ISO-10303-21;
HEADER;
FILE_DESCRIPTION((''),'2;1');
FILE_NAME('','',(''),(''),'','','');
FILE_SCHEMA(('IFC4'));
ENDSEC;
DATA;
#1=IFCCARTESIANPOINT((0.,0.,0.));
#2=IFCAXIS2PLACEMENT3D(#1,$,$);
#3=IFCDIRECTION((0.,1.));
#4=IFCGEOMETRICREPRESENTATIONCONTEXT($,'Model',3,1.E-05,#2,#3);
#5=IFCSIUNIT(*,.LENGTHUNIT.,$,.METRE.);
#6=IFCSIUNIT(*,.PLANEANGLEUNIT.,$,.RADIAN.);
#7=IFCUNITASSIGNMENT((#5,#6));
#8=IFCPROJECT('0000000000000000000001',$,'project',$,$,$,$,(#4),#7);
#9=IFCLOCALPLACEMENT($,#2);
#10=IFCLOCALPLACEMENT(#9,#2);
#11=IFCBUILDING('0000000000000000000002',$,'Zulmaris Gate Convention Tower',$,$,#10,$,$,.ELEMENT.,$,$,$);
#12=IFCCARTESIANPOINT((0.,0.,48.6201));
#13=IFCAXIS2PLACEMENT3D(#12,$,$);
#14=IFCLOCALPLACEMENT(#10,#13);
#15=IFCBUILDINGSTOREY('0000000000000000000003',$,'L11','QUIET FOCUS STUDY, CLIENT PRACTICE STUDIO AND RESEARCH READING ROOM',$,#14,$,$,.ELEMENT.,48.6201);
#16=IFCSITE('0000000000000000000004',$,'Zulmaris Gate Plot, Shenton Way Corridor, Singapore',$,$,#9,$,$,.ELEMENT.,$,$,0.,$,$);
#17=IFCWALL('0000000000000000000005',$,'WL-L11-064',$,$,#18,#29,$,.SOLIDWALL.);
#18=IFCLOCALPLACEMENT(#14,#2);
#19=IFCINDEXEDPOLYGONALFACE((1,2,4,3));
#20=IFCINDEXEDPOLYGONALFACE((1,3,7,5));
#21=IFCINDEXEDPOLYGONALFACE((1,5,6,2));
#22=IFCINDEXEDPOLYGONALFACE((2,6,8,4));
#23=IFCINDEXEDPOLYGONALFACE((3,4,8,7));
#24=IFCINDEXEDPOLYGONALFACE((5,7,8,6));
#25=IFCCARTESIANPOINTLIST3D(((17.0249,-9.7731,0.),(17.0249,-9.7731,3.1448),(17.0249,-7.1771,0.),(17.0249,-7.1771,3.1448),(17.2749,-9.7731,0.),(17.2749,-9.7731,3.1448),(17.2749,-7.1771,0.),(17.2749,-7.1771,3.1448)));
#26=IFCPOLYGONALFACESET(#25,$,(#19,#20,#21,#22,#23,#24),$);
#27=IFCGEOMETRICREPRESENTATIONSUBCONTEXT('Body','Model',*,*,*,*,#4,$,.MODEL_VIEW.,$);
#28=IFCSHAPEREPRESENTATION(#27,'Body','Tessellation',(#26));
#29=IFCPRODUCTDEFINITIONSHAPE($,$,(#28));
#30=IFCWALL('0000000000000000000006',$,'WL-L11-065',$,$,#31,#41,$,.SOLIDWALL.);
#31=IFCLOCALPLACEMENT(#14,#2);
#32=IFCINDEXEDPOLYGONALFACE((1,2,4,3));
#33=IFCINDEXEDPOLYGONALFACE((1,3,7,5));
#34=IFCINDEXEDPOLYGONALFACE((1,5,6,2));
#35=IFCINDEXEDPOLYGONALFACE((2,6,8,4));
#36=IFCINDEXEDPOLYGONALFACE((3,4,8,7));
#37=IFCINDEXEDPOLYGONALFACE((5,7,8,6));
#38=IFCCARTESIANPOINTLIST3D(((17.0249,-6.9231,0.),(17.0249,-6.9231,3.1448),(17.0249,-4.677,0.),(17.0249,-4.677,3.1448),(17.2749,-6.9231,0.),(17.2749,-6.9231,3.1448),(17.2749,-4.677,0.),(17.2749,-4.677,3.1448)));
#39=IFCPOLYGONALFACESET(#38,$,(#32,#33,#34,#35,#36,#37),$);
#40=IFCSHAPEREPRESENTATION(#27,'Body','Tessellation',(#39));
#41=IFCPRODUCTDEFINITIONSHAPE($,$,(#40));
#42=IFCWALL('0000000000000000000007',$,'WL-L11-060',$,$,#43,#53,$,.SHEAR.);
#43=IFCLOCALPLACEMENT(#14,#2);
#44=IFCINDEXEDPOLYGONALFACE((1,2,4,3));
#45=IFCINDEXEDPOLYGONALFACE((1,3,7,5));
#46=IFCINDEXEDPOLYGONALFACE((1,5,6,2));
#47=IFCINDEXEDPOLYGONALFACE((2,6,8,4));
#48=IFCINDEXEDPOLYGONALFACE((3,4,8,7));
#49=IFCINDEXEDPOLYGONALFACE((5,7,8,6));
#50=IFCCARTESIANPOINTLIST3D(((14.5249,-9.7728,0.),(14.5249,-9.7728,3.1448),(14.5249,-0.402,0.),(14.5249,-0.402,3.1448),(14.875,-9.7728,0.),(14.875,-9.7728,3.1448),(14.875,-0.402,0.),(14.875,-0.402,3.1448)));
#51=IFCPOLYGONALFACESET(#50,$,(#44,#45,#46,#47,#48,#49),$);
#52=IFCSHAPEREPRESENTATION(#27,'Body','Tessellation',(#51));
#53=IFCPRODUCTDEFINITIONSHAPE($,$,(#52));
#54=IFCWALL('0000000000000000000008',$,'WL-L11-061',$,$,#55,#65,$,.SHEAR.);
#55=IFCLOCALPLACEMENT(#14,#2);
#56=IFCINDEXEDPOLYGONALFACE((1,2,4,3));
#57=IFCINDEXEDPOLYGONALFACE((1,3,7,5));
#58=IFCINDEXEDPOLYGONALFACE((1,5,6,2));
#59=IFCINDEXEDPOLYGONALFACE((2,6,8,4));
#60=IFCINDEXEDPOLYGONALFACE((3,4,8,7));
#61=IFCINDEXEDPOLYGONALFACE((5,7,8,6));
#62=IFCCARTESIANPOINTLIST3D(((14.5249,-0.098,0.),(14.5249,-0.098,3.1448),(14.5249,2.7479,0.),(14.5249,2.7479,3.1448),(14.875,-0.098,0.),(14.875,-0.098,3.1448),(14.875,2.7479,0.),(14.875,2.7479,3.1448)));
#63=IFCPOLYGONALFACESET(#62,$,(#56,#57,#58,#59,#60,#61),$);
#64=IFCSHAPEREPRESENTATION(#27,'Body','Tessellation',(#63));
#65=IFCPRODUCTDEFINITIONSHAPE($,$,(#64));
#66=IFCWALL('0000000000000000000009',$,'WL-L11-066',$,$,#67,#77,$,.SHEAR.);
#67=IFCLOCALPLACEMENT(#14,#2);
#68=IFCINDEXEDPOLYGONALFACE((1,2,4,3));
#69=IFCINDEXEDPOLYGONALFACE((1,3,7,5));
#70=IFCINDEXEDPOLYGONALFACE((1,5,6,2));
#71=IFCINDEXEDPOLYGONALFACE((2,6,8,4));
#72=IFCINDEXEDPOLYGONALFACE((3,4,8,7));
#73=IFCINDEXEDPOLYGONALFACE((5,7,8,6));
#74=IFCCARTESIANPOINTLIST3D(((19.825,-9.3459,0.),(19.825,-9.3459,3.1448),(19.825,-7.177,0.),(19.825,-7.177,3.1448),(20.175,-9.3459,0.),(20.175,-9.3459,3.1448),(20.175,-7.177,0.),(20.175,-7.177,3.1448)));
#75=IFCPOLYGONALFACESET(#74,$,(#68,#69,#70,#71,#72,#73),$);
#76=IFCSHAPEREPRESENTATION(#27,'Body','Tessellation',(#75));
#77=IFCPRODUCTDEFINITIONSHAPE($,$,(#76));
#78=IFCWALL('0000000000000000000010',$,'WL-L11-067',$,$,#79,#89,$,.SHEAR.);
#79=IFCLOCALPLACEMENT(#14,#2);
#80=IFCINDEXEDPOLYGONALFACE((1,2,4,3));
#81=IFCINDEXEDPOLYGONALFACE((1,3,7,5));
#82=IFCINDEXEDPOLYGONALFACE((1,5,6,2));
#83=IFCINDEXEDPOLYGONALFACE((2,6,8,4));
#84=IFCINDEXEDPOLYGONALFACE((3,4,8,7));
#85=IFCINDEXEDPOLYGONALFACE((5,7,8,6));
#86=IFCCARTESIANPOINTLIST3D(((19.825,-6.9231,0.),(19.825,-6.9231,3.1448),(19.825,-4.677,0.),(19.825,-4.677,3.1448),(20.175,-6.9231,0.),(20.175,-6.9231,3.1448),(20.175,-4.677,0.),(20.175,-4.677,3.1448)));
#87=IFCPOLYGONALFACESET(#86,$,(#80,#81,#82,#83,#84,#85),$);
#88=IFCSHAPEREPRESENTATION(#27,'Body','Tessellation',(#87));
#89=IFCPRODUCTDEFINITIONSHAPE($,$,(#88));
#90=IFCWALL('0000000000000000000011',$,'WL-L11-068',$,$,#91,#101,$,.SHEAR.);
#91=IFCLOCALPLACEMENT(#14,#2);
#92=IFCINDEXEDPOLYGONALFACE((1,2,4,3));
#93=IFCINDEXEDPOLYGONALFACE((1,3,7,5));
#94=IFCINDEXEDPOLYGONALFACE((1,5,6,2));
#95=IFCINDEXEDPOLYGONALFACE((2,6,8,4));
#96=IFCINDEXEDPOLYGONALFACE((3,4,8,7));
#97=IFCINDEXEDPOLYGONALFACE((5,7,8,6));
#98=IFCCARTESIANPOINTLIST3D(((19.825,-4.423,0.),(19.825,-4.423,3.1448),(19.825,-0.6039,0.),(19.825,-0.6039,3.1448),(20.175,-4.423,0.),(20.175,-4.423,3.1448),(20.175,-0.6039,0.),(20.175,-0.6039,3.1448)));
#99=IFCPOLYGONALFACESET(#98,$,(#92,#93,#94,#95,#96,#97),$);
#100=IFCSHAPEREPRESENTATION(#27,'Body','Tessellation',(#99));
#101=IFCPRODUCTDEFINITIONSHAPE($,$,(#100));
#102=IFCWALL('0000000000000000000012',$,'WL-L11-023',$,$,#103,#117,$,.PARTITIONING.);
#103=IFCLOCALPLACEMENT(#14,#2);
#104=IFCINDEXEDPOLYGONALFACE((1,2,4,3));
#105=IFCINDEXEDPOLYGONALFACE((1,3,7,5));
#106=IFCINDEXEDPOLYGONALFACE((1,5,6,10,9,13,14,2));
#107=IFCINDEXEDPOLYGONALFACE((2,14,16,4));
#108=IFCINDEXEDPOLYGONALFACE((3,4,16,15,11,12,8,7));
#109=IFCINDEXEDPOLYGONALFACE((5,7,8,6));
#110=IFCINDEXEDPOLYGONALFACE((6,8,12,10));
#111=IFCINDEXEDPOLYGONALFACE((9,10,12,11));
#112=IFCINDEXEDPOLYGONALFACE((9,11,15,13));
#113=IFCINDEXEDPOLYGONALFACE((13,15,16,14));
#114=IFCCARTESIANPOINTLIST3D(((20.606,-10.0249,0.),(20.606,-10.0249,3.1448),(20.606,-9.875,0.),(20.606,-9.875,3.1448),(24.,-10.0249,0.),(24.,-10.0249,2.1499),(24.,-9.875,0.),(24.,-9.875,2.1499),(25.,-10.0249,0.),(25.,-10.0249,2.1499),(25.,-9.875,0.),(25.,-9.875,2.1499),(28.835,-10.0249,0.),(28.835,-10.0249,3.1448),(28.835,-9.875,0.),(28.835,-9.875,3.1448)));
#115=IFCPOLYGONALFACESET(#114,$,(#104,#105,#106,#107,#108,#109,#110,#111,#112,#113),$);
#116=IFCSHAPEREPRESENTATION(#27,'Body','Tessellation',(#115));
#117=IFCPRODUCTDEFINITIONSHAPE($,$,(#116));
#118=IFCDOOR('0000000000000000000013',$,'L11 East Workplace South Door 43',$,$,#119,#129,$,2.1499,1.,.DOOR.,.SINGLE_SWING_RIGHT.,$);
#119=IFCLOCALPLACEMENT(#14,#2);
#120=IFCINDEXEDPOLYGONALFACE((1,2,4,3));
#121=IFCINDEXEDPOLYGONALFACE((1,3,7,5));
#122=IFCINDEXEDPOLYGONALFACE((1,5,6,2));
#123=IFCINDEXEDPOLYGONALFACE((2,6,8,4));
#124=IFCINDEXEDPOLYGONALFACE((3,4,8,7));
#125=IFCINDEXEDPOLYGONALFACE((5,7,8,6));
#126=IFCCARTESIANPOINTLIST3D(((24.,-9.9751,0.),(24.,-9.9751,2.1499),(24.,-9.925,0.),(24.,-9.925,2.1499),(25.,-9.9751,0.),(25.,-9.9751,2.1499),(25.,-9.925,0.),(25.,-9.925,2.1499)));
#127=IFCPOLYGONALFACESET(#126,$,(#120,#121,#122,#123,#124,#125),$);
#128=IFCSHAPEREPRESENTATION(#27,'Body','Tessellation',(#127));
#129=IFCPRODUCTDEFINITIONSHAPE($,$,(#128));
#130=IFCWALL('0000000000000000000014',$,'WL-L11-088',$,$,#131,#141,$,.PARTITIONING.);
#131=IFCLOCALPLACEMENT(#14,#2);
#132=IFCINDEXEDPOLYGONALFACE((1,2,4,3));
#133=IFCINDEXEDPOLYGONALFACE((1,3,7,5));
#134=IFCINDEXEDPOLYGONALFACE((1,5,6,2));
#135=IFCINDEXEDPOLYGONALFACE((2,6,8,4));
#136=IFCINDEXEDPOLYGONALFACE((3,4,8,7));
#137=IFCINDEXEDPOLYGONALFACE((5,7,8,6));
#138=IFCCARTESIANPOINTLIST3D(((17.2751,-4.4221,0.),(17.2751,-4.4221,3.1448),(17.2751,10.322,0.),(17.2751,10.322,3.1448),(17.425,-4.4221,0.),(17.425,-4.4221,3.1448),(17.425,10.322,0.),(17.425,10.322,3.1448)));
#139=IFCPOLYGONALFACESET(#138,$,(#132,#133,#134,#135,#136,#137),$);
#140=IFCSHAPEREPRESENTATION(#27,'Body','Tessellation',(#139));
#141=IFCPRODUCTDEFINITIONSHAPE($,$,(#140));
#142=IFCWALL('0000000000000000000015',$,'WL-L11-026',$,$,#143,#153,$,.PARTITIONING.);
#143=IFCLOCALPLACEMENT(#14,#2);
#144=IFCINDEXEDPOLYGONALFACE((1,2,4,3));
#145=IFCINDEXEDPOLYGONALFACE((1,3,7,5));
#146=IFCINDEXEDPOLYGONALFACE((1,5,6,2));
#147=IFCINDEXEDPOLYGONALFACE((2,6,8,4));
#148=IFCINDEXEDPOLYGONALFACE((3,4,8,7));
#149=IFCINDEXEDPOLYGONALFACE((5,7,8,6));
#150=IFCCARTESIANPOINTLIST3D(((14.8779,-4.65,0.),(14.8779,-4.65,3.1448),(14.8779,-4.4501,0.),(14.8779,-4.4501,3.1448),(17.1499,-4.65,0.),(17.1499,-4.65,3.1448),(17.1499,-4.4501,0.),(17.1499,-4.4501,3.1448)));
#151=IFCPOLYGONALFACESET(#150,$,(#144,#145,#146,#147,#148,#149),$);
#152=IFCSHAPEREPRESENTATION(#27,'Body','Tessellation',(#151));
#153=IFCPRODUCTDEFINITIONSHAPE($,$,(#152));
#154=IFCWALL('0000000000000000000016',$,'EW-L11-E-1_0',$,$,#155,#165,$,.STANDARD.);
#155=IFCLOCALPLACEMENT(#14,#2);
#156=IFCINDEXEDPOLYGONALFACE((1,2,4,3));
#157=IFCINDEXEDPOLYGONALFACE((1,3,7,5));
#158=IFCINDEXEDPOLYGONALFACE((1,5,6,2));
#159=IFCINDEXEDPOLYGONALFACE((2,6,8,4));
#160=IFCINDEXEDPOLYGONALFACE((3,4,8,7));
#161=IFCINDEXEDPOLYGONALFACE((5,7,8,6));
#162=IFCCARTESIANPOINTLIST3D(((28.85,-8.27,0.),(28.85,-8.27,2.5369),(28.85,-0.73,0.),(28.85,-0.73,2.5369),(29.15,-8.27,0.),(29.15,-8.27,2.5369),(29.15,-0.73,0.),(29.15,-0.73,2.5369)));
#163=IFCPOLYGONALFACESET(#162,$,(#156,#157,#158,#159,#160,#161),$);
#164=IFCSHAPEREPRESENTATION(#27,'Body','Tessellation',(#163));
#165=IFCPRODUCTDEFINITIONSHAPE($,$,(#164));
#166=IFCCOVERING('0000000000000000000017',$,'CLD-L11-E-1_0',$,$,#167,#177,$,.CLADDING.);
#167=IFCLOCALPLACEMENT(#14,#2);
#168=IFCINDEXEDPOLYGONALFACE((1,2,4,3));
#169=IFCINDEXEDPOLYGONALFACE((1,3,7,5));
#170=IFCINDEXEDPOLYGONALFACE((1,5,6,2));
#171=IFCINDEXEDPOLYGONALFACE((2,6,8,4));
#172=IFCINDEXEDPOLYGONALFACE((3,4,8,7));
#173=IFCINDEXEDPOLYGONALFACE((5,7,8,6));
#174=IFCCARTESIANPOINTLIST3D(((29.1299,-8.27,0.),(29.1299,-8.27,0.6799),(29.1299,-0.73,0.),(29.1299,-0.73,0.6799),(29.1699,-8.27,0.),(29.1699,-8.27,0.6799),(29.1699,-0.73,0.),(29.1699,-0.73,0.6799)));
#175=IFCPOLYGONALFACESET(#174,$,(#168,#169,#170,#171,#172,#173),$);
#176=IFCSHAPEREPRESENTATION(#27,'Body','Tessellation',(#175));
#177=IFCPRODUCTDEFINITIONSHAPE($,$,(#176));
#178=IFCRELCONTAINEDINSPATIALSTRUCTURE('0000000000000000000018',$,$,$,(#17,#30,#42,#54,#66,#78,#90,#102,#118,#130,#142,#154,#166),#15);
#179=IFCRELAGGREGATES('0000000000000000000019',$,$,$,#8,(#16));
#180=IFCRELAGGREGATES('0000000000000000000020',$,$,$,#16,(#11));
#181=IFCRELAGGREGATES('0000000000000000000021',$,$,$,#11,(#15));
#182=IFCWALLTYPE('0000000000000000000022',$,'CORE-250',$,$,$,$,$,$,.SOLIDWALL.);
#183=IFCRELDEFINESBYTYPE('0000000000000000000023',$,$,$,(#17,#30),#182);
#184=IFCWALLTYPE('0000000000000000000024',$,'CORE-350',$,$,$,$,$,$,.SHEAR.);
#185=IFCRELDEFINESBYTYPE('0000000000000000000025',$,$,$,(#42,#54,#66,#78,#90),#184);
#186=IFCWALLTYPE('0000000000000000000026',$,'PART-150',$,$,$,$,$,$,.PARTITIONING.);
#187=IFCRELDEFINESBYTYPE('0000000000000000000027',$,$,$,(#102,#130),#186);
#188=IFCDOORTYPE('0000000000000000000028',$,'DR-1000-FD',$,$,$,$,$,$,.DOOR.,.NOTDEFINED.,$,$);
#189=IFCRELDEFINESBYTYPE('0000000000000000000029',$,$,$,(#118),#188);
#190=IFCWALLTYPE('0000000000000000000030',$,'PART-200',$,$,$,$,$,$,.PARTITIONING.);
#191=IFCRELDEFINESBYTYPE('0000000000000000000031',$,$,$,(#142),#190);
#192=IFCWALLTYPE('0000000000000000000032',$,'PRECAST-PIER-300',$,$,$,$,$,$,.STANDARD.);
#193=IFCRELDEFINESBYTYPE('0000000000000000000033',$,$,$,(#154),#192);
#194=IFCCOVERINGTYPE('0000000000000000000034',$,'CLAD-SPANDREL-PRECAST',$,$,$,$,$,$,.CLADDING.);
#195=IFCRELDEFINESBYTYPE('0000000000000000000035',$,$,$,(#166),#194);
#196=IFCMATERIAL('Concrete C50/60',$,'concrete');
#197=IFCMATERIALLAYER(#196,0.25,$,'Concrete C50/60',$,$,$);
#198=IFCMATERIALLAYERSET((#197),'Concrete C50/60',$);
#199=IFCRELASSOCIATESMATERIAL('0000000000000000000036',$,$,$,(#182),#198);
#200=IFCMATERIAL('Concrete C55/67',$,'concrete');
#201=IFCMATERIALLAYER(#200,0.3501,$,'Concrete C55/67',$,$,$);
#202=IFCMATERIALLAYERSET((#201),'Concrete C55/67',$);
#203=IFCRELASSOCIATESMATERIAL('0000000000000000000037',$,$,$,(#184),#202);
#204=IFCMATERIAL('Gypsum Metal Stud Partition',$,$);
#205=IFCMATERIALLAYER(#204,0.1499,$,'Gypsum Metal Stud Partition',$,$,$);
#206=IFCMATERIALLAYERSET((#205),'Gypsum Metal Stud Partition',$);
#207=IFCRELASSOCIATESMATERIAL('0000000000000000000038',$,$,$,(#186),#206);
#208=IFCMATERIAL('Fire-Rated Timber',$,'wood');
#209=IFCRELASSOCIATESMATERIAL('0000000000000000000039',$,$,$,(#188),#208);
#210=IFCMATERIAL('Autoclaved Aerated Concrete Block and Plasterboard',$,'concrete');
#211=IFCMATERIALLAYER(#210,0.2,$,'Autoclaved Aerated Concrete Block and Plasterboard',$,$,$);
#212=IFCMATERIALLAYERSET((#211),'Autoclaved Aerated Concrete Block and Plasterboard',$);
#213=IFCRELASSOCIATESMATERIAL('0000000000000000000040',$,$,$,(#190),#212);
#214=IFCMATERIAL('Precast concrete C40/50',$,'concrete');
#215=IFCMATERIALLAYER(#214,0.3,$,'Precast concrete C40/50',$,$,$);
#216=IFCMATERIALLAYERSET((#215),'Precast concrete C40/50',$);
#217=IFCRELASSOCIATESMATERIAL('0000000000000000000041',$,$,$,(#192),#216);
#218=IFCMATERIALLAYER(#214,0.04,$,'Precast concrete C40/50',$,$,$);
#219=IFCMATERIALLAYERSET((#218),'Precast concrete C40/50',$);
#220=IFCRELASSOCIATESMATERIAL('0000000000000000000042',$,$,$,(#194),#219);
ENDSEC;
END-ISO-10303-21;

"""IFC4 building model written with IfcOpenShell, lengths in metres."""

from ifc_helpers import new_model, si_unit, direction, frame, frame_2d, origin, place, context, subcontext, project, spatial, rectangle, extrude, material, layer, layer_set, type_object, element, fill, save


model = new_model("IFC4")

# Units and contexts
model_context = context("Model", 3, precision=1e-05, world=origin(), true_north=direction((0.0, 1.0)))
body_context = subcontext(model_context, "Body", "Model", "MODEL_VIEW")
ifc_project = project(units=[si_unit("LENGTHUNIT", "METRE"), si_unit("PLANEANGLEUNIT", "RADIAN")], contexts=[model_context])

# Site, building, storey
site_placement = place(None, origin())
site = spatial("IfcSite", under=ifc_project, at=site_placement, Name="Zulmaris Gate Plot, Shenton Way Corridor, Singapore", CompositionType="ELEMENT", RefElevation=0.0)
building_placement = place(site_placement, origin())
building = spatial("IfcBuilding", under=site, at=building_placement, Name="Zulmaris Gate Convention Tower", CompositionType="ELEMENT")
storey_placement = place(building_placement, frame((0.0, 0.0, 48.6201)))
storey = spatial("IfcBuildingStorey", under=building, at=storey_placement, Name="L11", Description="QUIET FOCUS STUDY, CLIENT PRACTICE STUDIO AND RESEARCH READING ROOM", CompositionType="ELEMENT", Elevation=48.6201)

# Walls
ifc_material_1 = material(Name="Concrete C50/60", Category="concrete")
ifc_layer_1 = layer(ifc_material_1, 0.25, Name="Concrete C50/60")
ifc_layer_set_1 = layer_set([ifc_layer_1], Name="Concrete C50/60")
wall_type_1 = type_object("IfcWallType", Name="CORE-250", PredefinedType="SOLIDWALL", material=ifc_layer_set_1)
wall_1_placement = place(storey_placement, frame((17.1499, -9.7729, 0.0), z_axis=(0.0, 0.0, 1.0), x_axis=(0.0, 1.0, 0.0)))
element("IfcWall", 1, at=wall_1_placement, inside=storey, type_object=wall_type_1, Name="WL-L11-064", PredefinedType="SOLIDWALL", context=body_context, shape_type="SweptSolid", body=[
    extrude(rectangle(XDim=2.5959, YDim=0.25, at=frame_2d((1.2979, 0.0))), origin(), (0.0, 0.0, 1.0), 3.1448),
])
wall_2_placement = place(storey_placement, frame((17.1499, -6.9231, 0.0), z_axis=(0.0, 0.0, 1.0), x_axis=(0.0, 1.0, 0.0)))
element("IfcWall", 2, at=wall_2_placement, inside=storey, type_object=wall_type_1, Name="WL-L11-065", PredefinedType="SOLIDWALL", context=body_context, shape_type="SweptSolid", body=[
    extrude(rectangle(XDim=2.2461, YDim=0.25, at=frame_2d((1.123, 0.0))), origin(), (0.0, 0.0, 1.0), 3.1448),
])
ifc_material_2 = material(Name="Concrete C55/67", Category="concrete")
ifc_layer_2 = layer(ifc_material_2, 0.3501, Name="Concrete C55/67")
ifc_layer_set_2 = layer_set([ifc_layer_2], Name="Concrete C55/67")
wall_type_2 = type_object("IfcWallType", Name="CORE-350", PredefinedType="SHEAR", material=ifc_layer_set_2)
wall_3_placement = place(storey_placement, frame((14.7, -9.7729, 0.0), z_axis=(0.0, 0.0, 1.0), x_axis=(0.0, 1.0, 0.0)))
element("IfcWall", 3, at=wall_3_placement, inside=storey, type_object=wall_type_2, Name="WL-L11-060", PredefinedType="SHEAR", context=body_context, shape_type="SweptSolid", body=[
    extrude(rectangle(XDim=9.3708, YDim=0.3501, at=frame_2d((4.6855, 0.0))), origin(), (0.0, 0.0, 1.0), 3.1448),
])
wall_4_placement = place(storey_placement, frame((14.7, -0.0979, 0.0), z_axis=(0.0, 0.0, 1.0), x_axis=(0.0, 1.0, 0.0)))
element("IfcWall", 4, at=wall_4_placement, inside=storey, type_object=wall_type_2, Name="WL-L11-061", PredefinedType="SHEAR", context=body_context, shape_type="SweptSolid", body=[
    extrude(rectangle(XDim=2.8459, YDim=0.3501, at=frame_2d((1.4229, 0.0))), origin(), (0.0, 0.0, 1.0), 3.1448),
])
wall_5_placement = place(storey_placement, frame((20.0, -9.3459, 0.0), z_axis=(0.0, 0.0, 1.0), x_axis=(0.0, 1.0, 0.0)))
element("IfcWall", 5, at=wall_5_placement, inside=storey, type_object=wall_type_2, Name="WL-L11-066", PredefinedType="SHEAR", context=body_context, shape_type="SweptSolid", body=[
    extrude(rectangle(XDim=2.1689, YDim=0.3501, at=frame_2d((1.0845, 0.0))), origin(), (0.0, 0.0, 1.0), 3.1448),
])
wall_6_placement = place(storey_placement, frame((20.0, -6.9231, 0.0), z_axis=(0.0, 0.0, 1.0), x_axis=(0.0, 1.0, 0.0)))
element("IfcWall", 6, at=wall_6_placement, inside=storey, type_object=wall_type_2, Name="WL-L11-067", PredefinedType="SHEAR", context=body_context, shape_type="SweptSolid", body=[
    extrude(rectangle(XDim=2.2461, YDim=0.3501, at=frame_2d((1.123, 0.0))), origin(), (0.0, 0.0, 1.0), 3.1448),
])
wall_7_placement = place(storey_placement, frame((20.0, -4.4231, 0.0), z_axis=(0.0, 0.0, 1.0), x_axis=(0.0, 1.0, 0.0)))
element("IfcWall", 7, at=wall_7_placement, inside=storey, type_object=wall_type_2, Name="WL-L11-068", PredefinedType="SHEAR", context=body_context, shape_type="SweptSolid", body=[
    extrude(rectangle(XDim=3.8191, YDim=0.3501, at=frame_2d((1.9097, 0.0))), origin(), (0.0, 0.0, 1.0), 3.1448),
])

# Wall, opening, door
ifc_material_3 = material(Name="Gypsum Metal Stud Partition")
ifc_layer_3 = layer(ifc_material_3, 0.1499, Name="Gypsum Metal Stud Partition")
ifc_layer_set_3 = layer_set([ifc_layer_3], Name="Gypsum Metal Stud Partition")
wall_type_3 = type_object("IfcWallType", Name="PART-150", PredefinedType="PARTITIONING", material=ifc_layer_set_3)
wall_8_placement = place(storey_placement, frame((20.606, -9.95, 0.0), z_axis=(0.0, 0.0, 1.0), x_axis=(1.0, 0.0, 0.0)))
wall_8 = element("IfcWall", 8, at=wall_8_placement, inside=storey, type_object=wall_type_3, Name="WL-L11-023", PredefinedType="PARTITIONING", context=body_context, shape_type="SweptSolid", body=[
    extrude(rectangle(XDim=8.229, YDim=0.1499, at=frame_2d((4.1145, 0.0))), origin(), (0.0, 0.0, 1.0), 3.1448),
])
opening_1_placement = place(wall_8_placement, frame((3.394, 0.0, 0.0)))
opening_1 = element("IfcOpeningElement", 9, at=opening_1_placement, cuts=wall_8, PredefinedType="OPENING", context=body_context, shape_type="SweptSolid", body=[
    extrude(rectangle(XDim=1.0, YDim=2.1499, at=frame_2d((0.5, 1.075))), frame((0.0, 0.085, 0.0), z_axis=(0.0, -1.0, 0.0), x_axis=(1.0, 0.0, 0.0)), (0.0, 0.0, 1.0), 0.1699),
])
ifc_material_4 = material(Name="Fire-Rated Timber", Category="wood")
door_type_1 = type_object("IfcDoorType", Name="DR-1000-FD", OperationType="NOTDEFINED", PredefinedType="DOOR", material=ifc_material_4)
door_1_placement = place(opening_1_placement, origin())
door_1 = element("IfcDoor", 10, at=door_1_placement, inside=storey, type_object=door_type_1, Name="L11 East Workplace South Door 43", OperationType="SINGLE_SWING_RIGHT", OverallHeight=2.1499, OverallWidth=1.0, PredefinedType="DOOR", context=body_context, shape_type="SweptSolid", body=[
    extrude(rectangle(XDim=1.0, YDim=2.1499, at=frame_2d((0.5, 1.075))), frame((0.0, 0.0249, 0.0), z_axis=(0.0, -1.0, 0.0), x_axis=(1.0, 0.0, 0.0)), (0.0, 0.0, 1.0), 0.05),
])
fill(opening_1, door_1)

# Walls
wall_9_placement = place(storey_placement, frame((17.3501, -4.4221, 0.0), z_axis=(0.0, 0.0, 1.0), x_axis=(0.0, 1.0, 0.0)))
element("IfcWall", 11, at=wall_9_placement, inside=storey, type_object=wall_type_3, Name="WL-L11-088", PredefinedType="PARTITIONING", context=body_context, shape_type="SweptSolid", body=[
    extrude(rectangle(XDim=14.7441, YDim=0.1499, at=frame_2d((7.3721, 0.0))), origin(), (0.0, 0.0, 1.0), 3.1448),
])
ifc_material_5 = material(Name="Autoclaved Aerated Concrete Block and Plasterboard", Category="concrete")
ifc_layer_4 = layer(ifc_material_5, 0.2, Name="Autoclaved Aerated Concrete Block and Plasterboard")
ifc_layer_set_4 = layer_set([ifc_layer_4], Name="Autoclaved Aerated Concrete Block and Plasterboard")
wall_type_4 = type_object("IfcWallType", Name="PART-200", PredefinedType="PARTITIONING", material=ifc_layer_set_4)
wall_10_placement = place(storey_placement, frame((14.8779, -4.55, 0.0), z_axis=(0.0, 0.0, 1.0), x_axis=(1.0, 0.0, 0.0)))
element("IfcWall", 12, at=wall_10_placement, inside=storey, type_object=wall_type_4, Name="WL-L11-026", PredefinedType="PARTITIONING", context=body_context, shape_type="SweptSolid", body=[
    extrude(rectangle(XDim=2.272, YDim=0.2, at=frame_2d((1.136, 0.0))), origin(), (0.0, 0.0, 1.0), 3.1448),
])
ifc_material_6 = material(Name="Precast concrete C40/50", Category="concrete")
ifc_layer_5 = layer(ifc_material_6, 0.3, Name="Precast concrete C40/50")
ifc_layer_set_5 = layer_set([ifc_layer_5], Name="Precast concrete C40/50")
wall_type_5 = type_object("IfcWallType", Name="PRECAST-PIER-300", PredefinedType="STANDARD", material=ifc_layer_set_5)
wall_11_placement = place(storey_placement, frame((29.0, -8.27, 0.0), z_axis=(0.0, 0.0, 1.0), x_axis=(0.0, 1.0, 0.0)))
element("IfcWall", 13, at=wall_11_placement, inside=storey, type_object=wall_type_5, Name="EW-L11-E-1_0", PredefinedType="STANDARD", context=body_context, shape_type="SweptSolid", body=[
    extrude(rectangle(XDim=7.54, YDim=0.3, at=frame_2d((3.77, 0.0))), origin(), (0.0, 0.0, 1.0), 2.5369),
])

# Covering
ifc_layer_6 = layer(ifc_material_6, 0.04, Name="Precast concrete C40/50")
ifc_layer_set_6 = layer_set([ifc_layer_6], Name="Precast concrete C40/50")
covering_type = type_object("IfcCoveringType", Name="CLAD-SPANDREL-PRECAST", PredefinedType="CLADDING", material=ifc_layer_set_6)
covering_placement = place(storey_placement, frame((29.1499, -8.27, 0.0), z_axis=(0.0, 0.0, 1.0), x_axis=(0.0, 1.0, 0.0)))
element("IfcCovering", 14, at=covering_placement, inside=storey, type_object=covering_type, Name="CLD-L11-E-1_0", PredefinedType="CLADDING", context=body_context, shape_type="SweptSolid", body=[
    extrude(rectangle(XDim=7.54, YDim=0.04, at=frame_2d((3.77, 0.0))), origin(), (0.0, 0.0, 1.0), 0.6799),
])

save(model, "model.ifc")
